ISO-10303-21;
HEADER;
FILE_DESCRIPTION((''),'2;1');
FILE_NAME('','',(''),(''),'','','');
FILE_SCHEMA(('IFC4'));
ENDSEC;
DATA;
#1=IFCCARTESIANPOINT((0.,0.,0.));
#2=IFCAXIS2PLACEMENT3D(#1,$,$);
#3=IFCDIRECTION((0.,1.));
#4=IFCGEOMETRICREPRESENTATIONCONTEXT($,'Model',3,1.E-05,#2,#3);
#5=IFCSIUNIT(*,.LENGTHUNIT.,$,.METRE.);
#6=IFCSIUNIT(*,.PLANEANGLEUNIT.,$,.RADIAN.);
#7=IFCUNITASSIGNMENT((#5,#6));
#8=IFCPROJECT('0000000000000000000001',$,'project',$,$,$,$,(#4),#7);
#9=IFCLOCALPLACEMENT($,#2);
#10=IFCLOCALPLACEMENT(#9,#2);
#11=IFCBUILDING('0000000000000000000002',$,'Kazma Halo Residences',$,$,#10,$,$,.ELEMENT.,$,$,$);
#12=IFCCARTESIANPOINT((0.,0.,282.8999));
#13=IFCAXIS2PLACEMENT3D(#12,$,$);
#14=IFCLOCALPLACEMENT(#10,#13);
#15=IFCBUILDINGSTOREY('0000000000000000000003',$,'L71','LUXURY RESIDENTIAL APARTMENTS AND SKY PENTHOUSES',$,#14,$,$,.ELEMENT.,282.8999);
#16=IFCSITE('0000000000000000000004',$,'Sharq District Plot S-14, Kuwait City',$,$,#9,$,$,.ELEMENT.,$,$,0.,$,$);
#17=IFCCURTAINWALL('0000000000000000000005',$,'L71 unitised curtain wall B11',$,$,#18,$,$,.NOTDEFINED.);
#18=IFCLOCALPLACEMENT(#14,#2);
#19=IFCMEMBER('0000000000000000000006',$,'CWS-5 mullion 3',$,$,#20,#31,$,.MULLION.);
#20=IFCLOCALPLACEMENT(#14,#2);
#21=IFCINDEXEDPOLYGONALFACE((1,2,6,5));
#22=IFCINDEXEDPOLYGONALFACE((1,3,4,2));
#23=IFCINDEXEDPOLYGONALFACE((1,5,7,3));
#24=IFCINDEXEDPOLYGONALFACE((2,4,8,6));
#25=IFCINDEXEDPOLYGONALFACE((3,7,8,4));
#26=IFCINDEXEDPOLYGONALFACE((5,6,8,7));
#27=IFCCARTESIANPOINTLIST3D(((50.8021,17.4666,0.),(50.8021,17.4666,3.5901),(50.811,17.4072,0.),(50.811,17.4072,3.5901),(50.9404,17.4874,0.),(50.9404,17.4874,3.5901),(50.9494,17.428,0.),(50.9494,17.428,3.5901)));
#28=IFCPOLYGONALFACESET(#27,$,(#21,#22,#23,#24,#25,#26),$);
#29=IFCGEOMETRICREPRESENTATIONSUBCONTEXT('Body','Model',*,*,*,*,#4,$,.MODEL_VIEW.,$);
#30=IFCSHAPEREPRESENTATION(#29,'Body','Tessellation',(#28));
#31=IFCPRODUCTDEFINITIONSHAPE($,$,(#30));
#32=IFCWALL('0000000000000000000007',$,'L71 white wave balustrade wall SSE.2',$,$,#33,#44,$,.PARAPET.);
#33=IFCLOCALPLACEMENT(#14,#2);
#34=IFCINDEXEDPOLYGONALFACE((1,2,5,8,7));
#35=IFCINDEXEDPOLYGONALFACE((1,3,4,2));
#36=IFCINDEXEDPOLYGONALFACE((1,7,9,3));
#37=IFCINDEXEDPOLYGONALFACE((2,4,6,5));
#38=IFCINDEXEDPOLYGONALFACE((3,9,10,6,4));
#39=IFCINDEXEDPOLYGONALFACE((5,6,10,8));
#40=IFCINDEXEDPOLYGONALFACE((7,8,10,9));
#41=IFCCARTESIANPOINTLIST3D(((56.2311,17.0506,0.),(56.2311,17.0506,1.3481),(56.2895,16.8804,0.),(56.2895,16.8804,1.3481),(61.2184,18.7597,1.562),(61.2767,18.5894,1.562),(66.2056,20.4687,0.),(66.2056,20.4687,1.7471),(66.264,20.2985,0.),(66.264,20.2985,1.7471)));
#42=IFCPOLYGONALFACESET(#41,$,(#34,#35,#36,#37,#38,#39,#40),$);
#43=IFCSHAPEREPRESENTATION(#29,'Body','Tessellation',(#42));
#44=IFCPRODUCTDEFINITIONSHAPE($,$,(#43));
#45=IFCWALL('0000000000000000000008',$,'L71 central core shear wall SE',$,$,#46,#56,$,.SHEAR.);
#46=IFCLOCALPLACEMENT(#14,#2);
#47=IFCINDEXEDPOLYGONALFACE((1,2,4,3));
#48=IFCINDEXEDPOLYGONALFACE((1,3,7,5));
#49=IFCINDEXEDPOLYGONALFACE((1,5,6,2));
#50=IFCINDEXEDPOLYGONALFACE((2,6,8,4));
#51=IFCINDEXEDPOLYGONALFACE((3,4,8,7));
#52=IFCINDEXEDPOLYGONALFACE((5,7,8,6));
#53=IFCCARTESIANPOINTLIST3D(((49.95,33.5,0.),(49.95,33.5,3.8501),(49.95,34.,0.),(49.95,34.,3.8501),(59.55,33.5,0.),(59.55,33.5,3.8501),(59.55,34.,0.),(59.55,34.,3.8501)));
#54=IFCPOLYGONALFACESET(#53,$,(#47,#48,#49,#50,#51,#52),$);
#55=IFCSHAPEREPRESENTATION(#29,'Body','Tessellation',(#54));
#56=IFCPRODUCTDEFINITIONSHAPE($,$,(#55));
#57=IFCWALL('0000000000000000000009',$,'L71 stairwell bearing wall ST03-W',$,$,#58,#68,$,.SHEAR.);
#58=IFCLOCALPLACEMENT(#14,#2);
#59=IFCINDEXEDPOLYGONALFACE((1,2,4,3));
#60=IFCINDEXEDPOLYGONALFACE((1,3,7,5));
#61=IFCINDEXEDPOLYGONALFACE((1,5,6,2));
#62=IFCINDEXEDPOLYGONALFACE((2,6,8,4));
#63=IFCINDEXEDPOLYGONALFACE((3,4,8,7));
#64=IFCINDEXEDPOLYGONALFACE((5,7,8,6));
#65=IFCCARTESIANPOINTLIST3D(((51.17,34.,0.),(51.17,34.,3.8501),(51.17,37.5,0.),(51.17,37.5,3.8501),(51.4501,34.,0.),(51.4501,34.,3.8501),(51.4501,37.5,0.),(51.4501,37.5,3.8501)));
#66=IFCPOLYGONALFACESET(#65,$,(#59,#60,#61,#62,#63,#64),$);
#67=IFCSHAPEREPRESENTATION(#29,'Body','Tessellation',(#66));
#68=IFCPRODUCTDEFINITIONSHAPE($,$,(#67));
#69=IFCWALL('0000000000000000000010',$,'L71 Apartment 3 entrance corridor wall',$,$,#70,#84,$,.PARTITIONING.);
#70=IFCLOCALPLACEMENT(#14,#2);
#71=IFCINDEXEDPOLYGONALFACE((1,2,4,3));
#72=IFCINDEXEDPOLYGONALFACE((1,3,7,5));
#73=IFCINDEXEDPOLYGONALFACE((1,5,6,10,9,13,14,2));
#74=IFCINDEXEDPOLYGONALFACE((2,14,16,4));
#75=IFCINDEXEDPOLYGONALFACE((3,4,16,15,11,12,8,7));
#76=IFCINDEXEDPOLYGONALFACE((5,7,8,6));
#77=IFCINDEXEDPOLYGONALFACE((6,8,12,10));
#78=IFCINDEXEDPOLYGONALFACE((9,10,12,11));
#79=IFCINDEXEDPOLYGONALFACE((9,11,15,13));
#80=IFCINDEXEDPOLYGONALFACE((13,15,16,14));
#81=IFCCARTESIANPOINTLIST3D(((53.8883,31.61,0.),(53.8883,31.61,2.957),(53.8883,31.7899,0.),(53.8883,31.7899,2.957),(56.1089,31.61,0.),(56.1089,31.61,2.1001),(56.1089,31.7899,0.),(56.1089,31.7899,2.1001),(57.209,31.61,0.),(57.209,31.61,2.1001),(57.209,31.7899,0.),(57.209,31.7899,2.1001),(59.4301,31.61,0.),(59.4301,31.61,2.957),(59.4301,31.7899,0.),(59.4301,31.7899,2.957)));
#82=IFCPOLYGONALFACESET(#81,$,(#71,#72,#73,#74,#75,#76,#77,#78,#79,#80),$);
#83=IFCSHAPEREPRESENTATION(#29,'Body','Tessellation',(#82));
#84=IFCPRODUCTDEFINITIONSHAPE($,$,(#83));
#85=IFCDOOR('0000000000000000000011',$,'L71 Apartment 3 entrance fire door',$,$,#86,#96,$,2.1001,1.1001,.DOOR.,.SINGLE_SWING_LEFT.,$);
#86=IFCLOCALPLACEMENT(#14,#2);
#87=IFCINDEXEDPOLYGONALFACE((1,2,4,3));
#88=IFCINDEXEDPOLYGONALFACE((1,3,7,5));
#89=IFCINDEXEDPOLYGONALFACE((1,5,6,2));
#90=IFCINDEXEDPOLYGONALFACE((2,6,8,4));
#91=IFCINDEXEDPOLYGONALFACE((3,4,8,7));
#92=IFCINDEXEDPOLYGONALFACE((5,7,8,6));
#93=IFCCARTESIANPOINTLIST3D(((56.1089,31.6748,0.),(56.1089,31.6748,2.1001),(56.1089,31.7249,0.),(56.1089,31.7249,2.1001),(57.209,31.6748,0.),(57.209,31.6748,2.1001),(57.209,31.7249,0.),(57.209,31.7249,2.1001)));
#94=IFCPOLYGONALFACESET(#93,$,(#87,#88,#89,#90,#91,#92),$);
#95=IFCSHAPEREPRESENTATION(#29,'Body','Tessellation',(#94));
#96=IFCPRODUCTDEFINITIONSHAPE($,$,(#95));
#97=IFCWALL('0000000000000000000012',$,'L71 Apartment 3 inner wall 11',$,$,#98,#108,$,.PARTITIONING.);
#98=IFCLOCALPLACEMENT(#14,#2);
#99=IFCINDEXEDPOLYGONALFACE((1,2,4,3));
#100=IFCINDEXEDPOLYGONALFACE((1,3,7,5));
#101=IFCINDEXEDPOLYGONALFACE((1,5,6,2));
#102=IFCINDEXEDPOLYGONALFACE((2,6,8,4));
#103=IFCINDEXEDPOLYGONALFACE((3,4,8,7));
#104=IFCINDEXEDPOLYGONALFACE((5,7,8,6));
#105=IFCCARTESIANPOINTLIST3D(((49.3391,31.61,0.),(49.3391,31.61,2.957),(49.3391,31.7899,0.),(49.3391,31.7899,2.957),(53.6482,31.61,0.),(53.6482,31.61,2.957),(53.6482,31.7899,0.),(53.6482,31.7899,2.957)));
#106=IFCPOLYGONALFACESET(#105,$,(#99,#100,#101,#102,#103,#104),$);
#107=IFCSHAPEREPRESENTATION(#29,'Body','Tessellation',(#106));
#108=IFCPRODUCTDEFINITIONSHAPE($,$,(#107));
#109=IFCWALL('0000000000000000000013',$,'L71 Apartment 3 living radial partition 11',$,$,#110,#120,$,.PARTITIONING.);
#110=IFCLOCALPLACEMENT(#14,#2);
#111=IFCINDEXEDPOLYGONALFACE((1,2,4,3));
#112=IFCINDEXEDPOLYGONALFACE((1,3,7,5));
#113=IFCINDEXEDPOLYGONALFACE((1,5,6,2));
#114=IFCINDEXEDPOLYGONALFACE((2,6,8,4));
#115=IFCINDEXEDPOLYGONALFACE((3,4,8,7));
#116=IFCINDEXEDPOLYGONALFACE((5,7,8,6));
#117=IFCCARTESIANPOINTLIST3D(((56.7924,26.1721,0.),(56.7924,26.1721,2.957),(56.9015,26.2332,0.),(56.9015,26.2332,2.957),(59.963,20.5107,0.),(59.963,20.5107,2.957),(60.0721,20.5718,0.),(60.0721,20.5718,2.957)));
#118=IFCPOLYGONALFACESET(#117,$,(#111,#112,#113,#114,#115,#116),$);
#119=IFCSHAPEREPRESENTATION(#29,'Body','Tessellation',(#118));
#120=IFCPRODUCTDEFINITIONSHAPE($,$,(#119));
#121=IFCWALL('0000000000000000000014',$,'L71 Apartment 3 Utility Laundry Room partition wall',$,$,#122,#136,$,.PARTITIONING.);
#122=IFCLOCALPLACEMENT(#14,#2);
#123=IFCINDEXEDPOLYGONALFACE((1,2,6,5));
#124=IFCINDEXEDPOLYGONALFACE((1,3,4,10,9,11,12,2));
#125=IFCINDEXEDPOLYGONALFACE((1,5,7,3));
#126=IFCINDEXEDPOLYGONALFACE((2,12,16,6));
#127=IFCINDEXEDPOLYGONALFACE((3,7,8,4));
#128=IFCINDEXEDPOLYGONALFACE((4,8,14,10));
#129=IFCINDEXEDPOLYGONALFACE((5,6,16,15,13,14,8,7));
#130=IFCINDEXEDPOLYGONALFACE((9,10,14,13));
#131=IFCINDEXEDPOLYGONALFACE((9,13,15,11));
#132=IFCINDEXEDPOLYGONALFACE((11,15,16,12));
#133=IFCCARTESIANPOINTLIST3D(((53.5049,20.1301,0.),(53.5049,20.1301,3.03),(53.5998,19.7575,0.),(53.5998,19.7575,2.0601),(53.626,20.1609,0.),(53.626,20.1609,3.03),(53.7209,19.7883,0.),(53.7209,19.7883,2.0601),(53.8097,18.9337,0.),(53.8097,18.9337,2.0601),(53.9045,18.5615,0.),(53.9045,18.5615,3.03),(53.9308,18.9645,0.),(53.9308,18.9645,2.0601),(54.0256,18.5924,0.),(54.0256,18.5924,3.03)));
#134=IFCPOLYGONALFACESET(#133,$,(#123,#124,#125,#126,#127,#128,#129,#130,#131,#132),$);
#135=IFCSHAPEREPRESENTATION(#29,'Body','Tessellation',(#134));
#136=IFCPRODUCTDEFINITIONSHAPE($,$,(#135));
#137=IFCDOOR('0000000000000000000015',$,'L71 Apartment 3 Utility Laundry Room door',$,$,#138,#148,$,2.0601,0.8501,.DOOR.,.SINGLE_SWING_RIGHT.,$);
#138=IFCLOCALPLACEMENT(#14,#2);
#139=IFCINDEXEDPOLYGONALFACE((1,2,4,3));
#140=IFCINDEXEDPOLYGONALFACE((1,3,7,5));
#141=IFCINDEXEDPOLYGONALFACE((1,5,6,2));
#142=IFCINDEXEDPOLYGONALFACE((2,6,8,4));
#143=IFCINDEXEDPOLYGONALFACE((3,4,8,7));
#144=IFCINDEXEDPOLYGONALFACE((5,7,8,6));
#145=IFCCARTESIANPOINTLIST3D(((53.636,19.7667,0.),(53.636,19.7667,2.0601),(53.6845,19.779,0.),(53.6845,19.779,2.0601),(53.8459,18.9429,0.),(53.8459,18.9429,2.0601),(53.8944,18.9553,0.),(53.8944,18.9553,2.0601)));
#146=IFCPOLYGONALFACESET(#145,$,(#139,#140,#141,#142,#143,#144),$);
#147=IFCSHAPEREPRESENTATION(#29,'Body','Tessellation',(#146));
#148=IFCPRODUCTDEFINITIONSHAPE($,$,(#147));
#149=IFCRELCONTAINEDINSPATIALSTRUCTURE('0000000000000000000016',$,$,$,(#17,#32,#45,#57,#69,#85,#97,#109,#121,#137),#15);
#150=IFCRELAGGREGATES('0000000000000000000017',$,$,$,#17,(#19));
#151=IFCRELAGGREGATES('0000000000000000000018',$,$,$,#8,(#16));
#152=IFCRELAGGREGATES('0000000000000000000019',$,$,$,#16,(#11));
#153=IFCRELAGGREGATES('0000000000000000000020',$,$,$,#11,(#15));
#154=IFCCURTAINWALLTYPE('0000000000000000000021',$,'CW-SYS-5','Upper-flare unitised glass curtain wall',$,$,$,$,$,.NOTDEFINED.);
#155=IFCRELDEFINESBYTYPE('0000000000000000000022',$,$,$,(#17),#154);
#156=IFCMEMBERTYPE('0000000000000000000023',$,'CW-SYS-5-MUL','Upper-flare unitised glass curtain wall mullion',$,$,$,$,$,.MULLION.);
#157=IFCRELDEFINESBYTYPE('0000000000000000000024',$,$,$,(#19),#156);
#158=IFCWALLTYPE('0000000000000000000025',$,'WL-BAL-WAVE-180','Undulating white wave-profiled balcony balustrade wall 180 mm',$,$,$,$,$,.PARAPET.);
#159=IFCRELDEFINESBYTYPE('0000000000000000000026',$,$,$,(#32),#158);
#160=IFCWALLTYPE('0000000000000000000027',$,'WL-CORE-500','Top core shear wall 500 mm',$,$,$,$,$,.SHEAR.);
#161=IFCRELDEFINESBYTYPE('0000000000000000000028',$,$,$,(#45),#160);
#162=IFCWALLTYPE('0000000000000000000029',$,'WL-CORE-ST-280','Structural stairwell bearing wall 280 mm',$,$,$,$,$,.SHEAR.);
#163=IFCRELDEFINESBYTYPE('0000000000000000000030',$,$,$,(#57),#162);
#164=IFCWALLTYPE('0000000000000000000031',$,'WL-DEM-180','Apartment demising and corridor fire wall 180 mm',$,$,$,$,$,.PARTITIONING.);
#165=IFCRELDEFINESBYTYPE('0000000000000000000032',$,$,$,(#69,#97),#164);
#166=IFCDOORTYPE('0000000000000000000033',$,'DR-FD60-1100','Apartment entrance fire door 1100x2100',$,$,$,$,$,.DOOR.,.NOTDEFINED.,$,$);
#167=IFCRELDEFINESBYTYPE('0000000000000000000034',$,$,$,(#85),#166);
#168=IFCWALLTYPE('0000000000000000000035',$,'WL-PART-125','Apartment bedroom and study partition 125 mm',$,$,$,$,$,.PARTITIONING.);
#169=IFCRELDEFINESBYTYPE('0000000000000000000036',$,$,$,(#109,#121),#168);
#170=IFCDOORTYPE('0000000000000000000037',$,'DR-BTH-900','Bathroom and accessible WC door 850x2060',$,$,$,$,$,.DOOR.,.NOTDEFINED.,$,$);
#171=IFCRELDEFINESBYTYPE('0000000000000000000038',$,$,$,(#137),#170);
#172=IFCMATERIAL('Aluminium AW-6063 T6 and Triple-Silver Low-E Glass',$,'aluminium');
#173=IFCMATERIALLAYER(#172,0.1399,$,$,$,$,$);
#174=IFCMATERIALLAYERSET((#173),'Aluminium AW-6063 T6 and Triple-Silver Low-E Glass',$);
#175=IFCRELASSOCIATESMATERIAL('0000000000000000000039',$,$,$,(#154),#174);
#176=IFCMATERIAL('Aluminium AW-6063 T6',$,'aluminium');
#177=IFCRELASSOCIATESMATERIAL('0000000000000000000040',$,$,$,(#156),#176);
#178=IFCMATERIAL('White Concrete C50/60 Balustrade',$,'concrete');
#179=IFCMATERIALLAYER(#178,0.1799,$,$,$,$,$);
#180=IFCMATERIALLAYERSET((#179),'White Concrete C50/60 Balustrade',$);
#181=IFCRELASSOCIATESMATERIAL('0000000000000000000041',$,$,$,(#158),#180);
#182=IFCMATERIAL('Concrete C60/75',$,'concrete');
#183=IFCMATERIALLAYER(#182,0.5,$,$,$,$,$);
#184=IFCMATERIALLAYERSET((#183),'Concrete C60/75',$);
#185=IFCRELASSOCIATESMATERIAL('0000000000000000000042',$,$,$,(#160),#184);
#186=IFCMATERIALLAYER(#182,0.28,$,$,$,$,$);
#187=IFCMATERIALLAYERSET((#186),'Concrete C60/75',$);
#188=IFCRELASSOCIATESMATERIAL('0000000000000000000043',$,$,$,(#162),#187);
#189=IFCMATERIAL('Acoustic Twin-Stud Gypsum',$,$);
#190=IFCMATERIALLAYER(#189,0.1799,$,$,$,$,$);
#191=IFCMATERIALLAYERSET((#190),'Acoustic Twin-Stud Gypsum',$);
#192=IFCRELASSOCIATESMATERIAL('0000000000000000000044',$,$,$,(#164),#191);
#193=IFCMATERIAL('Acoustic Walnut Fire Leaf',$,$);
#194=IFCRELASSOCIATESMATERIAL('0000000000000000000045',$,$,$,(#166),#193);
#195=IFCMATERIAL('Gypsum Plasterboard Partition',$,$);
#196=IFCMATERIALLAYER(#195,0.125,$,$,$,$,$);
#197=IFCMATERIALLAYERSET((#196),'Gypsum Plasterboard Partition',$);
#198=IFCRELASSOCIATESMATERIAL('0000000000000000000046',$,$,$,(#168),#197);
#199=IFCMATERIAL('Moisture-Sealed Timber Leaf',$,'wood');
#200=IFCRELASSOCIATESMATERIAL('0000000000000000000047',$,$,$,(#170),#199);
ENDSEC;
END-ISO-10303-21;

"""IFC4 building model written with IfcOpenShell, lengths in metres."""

from ifc_helpers import new_model, si_unit, direction, frame, frame_2d, origin, origin_2d, place, context, subcontext, project, spatial, polyline, rectangle, outline, extrude, material, layer, layer_set, material_profile, profile_set, type_object, element, fill, aggregate, save


model = new_model("IFC4")

# Units and contexts
model_context = context("Model", 3, precision=1e-05, world=origin(), true_north=direction((0.0, 1.0)))
body_context = subcontext(model_context, "Body", "Model", "MODEL_VIEW")
ifc_project = project(units=[si_unit("LENGTHUNIT", "METRE"), si_unit("PLANEANGLEUNIT", "RADIAN")], contexts=[model_context])

# Site, building, storey
site_placement = place(None, origin())
site = spatial("IfcSite", under=ifc_project, at=site_placement, Name="Sharq District Plot S-14, Kuwait City", CompositionType="ELEMENT", RefElevation=0.0)
building_placement = place(site_placement, origin())
building = spatial("IfcBuilding", under=site, at=building_placement, Name="Kazma Halo Residences", CompositionType="ELEMENT")
storey_placement = place(building_placement, frame((0.0, 0.0, 282.8999)))
storey = spatial("IfcBuildingStorey", under=building, at=storey_placement, Name="L71", Description="LUXURY RESIDENTIAL APARTMENTS AND SKY PENTHOUSES", CompositionType="ELEMENT", Elevation=282.8999)

# Shared definitions
ifc_material_1 = material(Name="Concrete C60/75", Category="concrete")

# Curtain wall, member
ifc_material_2 = material(Name="Aluminium AW-6063 T6 and Triple-Silver Low-E Glass", Category="aluminium")
ifc_layer_1 = layer(ifc_material_2, 0.1399)
ifc_layer_set_1 = layer_set([ifc_layer_1], Name="Aluminium AW-6063 T6 and Triple-Silver Low-E Glass")
curtain_wall_type = type_object("IfcCurtainWallType", Name="CW-SYS-5", Description="Upper-flare unitised glass curtain wall", PredefinedType="NOTDEFINED", material=ifc_layer_set_1)
curtain_wall_placement = place(storey_placement, origin())
curtain_wall = element("IfcCurtainWall", 1, at=curtain_wall_placement, inside=storey, type_object=curtain_wall_type, Name="L71 unitised curtain wall B11", PredefinedType="NOTDEFINED")
ifc_material_3 = material(Name="Aluminium AW-6063 T6", Category="aluminium")
ifc_material_profile_1 = material_profile(ifc_material_3, rectangle(XDim=0.0601, YDim=0.1399, at=origin_2d()), Name="CWM-60x140")
ifc_profile_set_1 = profile_set([ifc_material_profile_1], Name="Aluminium AW-6063 T6")
member_type = type_object("IfcMemberType", Name="CW-SYS-5-MUL", Description="Upper-flare unitised glass curtain wall mullion", PredefinedType="MULLION", material=ifc_profile_set_1)
member_placement = place(storey_placement, frame((50.8757, 17.4473, 0.0), z_axis=(0.0, 0.0, 1.0), x_axis=(-0.148697, 0.988883, 0.0)))
member = element("IfcMember", 2, at=member_placement, type_object=member_type, Name="CWS-5 mullion 3", PredefinedType="MULLION", context=body_context, shape_type="SweptSolid", body=[
    extrude(rectangle(XDim=0.0601, YDim=0.1399, at=origin_2d()), origin(), (0.0, 0.0, 1.0), 3.5901),
])
aggregate(curtain_wall, [member])

# Walls
ifc_material_4 = material(Name="White Concrete C50/60 Balustrade", Category="concrete")
ifc_layer_2 = layer(ifc_material_4, 0.1799)
ifc_layer_set_2 = layer_set([ifc_layer_2], Name="White Concrete C50/60 Balustrade")
wall_type_1 = type_object("IfcWallType", Name="WL-BAL-WAVE-180", Description="Undulating white wave-profiled balcony balustrade wall 180 mm", PredefinedType="PARAPET", material=ifc_layer_set_2)
wall_1_placement = place(storey_placement, frame((56.2603, 16.9656, 0.0), z_axis=(0.0, 0.0, 1.0), x_axis=(0.945994, 0.324184, 0.0)))
element("IfcWall", 3, at=wall_1_placement, inside=storey, type_object=wall_type_1, Name="L71 white wave balustrade wall SSE.2", PredefinedType="PARAPET", context=body_context, shape_type="SweptSolid", body=[
    extrude(outline(polyline([(0.0, 0.0), (10.5439, 0.0), (10.5439, 1.7471), (5.272, 1.562), (0.0, 1.3481), (0.0, 0.0)])), frame((0.0, 0.0898, 0.0), z_axis=(0.0, -1.0, 0.0), x_axis=(1.0, 0.0, 0.0)), (0.0, 0.0, 1.0), 0.1799),
])
ifc_layer_3 = layer(ifc_material_1, 0.5)
ifc_layer_set_3 = layer_set([ifc_layer_3], Name="Concrete C60/75")
wall_type_2 = type_object("IfcWallType", Name="WL-CORE-500", Description="Top core shear wall 500 mm", PredefinedType="SHEAR", material=ifc_layer_set_3)
wall_2_placement = place(storey_placement, frame((49.95, 33.75, 0.0), z_axis=(0.0, 0.0, 1.0), x_axis=(1.0, 0.0, 0.0)))
element("IfcWall", 4, at=wall_2_placement, inside=storey, type_object=wall_type_2, Name="L71 central core shear wall SE", PredefinedType="SHEAR", context=body_context, shape_type="SweptSolid", body=[
    extrude(rectangle(XDim=9.6001, YDim=0.5, at=frame_2d((4.8, 0.0))), origin(), (0.0, 0.0, 1.0), 3.8501),
])
ifc_layer_4 = layer(ifc_material_1, 0.28)
ifc_layer_set_4 = layer_set([ifc_layer_4], Name="Concrete C60/75")
wall_type_3 = type_object("IfcWallType", Name="WL-CORE-ST-280", Description="Structural stairwell bearing wall 280 mm", PredefinedType="SHEAR", material=ifc_layer_set_4)
wall_3_placement = place(storey_placement, frame((51.3101, 34.0, 0.0), z_axis=(0.0, 0.0, 1.0), x_axis=(0.0, 1.0, 0.0)))
element("IfcWall", 5, at=wall_3_placement, inside=storey, type_object=wall_type_3, Name="L71 stairwell bearing wall ST03-W", PredefinedType="SHEAR", context=body_context, shape_type="SweptSolid", body=[
    extrude(rectangle(XDim=3.5, YDim=0.28, at=frame_2d((1.75, 0.0))), origin(), (0.0, 0.0, 1.0), 3.8501),
])

# Wall, opening, door
ifc_material_5 = material(Name="Acoustic Twin-Stud Gypsum")
ifc_layer_5 = layer(ifc_material_5, 0.1799)
ifc_layer_set_5 = layer_set([ifc_layer_5], Name="Acoustic Twin-Stud Gypsum")
wall_type_4 = type_object("IfcWallType", Name="WL-DEM-180", Description="Apartment demising and corridor fire wall 180 mm", PredefinedType="PARTITIONING", material=ifc_layer_set_5)
wall_4_placement = place(storey_placement, frame((53.8882, 31.7, 0.0), z_axis=(0.0, 0.0, 1.0), x_axis=(1.0, 0.0, 0.0)))
wall_4 = element("IfcWall", 6, at=wall_4_placement, inside=storey, type_object=wall_type_4, Name="L71 Apartment 3 entrance corridor wall", PredefinedType="PARTITIONING", context=body_context, shape_type="SweptSolid", body=[
    extrude(rectangle(XDim=5.5417, YDim=0.1799, at=frame_2d((2.771, 0.0))), origin(), (0.0, 0.0, 1.0), 2.957),
])
opening_1_placement = place(wall_4_placement, frame((2.2207, 0.0, 0.0)))
opening_1 = element("IfcOpeningElement", 7, at=opening_1_placement, cuts=wall_4, PredefinedType="OPENING", context=body_context, shape_type="SweptSolid", body=[
    extrude(rectangle(XDim=1.1001, YDim=2.1001, at=frame_2d((0.55, 1.05))), frame((0.0, 0.0999, 0.0), z_axis=(0.0, -1.0, 0.0), x_axis=(1.0, 0.0, 0.0)), (0.0, 0.0, 1.0), 0.2),
])
ifc_material_6 = material(Name="Acoustic Walnut Fire Leaf")
door_type_1 = type_object("IfcDoorType", Name="DR-FD60-1100", Description="Apartment entrance fire door 1100x2100", OperationType="NOTDEFINED", PredefinedType="DOOR", material=ifc_material_6)
door_1_placement = place(opening_1_placement, origin())
door_1 = element("IfcDoor", 8, at=door_1_placement, inside=storey, type_object=door_type_1, Name="L71 Apartment 3 entrance fire door", OperationType="SINGLE_SWING_LEFT", OverallHeight=2.1001, OverallWidth=1.1001, PredefinedType="DOOR", context=body_context, shape_type="SweptSolid", body=[
    extrude(rectangle(XDim=1.1001, YDim=2.1001, at=frame_2d((0.55, 1.05))), frame((0.0, 0.0249, 0.0), z_axis=(0.0, -1.0, 0.0), x_axis=(1.0, 0.0, 0.0)), (0.0, 0.0, 1.0), 0.05),
])
fill(opening_1, door_1)

# Wall
wall_5_placement = place(storey_placement, frame((49.3391, 31.7, 0.0), z_axis=(0.0, 0.0, 1.0), x_axis=(1.0, 0.0, 0.0)))
element("IfcWall", 9, at=wall_5_placement, inside=storey, type_object=wall_type_4, Name="L71 Apartment 3 inner wall 11", PredefinedType="PARTITIONING", context=body_context, shape_type="SweptSolid", body=[
    extrude(rectangle(XDim=4.3091, YDim=0.1799, at=frame_2d((2.1545, 0.0))), origin(), (0.0, 0.0, 1.0), 2.957),
])

# Wall
ifc_material_7 = material(Name="Gypsum Plasterboard Partition")
ifc_layer_6 = layer(ifc_material_7, 0.125)
ifc_layer_set_6 = layer_set([ifc_layer_6], Name="Gypsum Plasterboard Partition")
wall_type_5 = type_object("IfcWallType", Name="WL-PART-125", Description="Apartment bedroom and study partition 125 mm", PredefinedType="PARTITIONING", material=ifc_layer_set_6)
wall_6_placement = place(storey_placement, frame((56.8469, 26.2026, 0.0), z_axis=(0.0, 0.0, 1.0), x_axis=(0.488637, -0.872487, 0.0)))
element("IfcWall", 10, at=wall_6_placement, inside=storey, type_object=wall_type_5, Name="L71 Apartment 3 living radial partition 11", PredefinedType="PARTITIONING", context=body_context, shape_type="SweptSolid", body=[
    extrude(rectangle(XDim=6.4888, YDim=0.125, at=frame_2d((3.2444, 0.0))), origin(), (0.0, 0.0, 1.0), 2.957),
])

# Wall, opening, door
wall_7_placement = place(storey_placement, frame((53.5654, 20.1455, 0.0), z_axis=(0.0, 0.0, 1.0), x_axis=(0.246898, -0.969041, 0.0)))
wall_7 = element("IfcWall", 11, at=wall_7_placement, inside=storey, type_object=wall_type_5, Name="L71 Apartment 3 Utility Laundry Room partition wall", PredefinedType="PARTITIONING", context=body_context, shape_type="SweptSolid", body=[
    extrude(rectangle(XDim=1.6187, YDim=0.125, at=frame_2d((0.8093, 0.0))), origin(), (0.0, 0.0, 1.0), 3.03),
])
opening_2_placement = place(wall_7_placement, frame((0.3845, 0.0, 0.0)))
opening_2 = element("IfcOpeningElement", 12, at=opening_2_placement, cuts=wall_7, PredefinedType="OPENING", context=body_context, shape_type="SweptSolid", body=[
    extrude(rectangle(XDim=0.8501, YDim=2.0601, at=frame_2d((0.425, 1.03))), frame((0.0, 0.0725, 0.0), z_axis=(0.0, -1.0, 0.0), x_axis=(1.0, 0.0, 0.0)), (0.0, 0.0, 1.0), 0.145),
])
ifc_material_8 = material(Name="Moisture-Sealed Timber Leaf", Category="wood")
door_type_2 = type_object("IfcDoorType", Name="DR-BTH-900", Description="Bathroom and accessible WC door 850x2060", OperationType="NOTDEFINED", PredefinedType="DOOR", material=ifc_material_8)
door_2_placement = place(opening_2_placement, origin())
door_2 = element("IfcDoor", 13, at=door_2_placement, inside=storey, type_object=door_type_2, Name="L71 Apartment 3 Utility Laundry Room door", OperationType="SINGLE_SWING_RIGHT", OverallHeight=2.0601, OverallWidth=0.8501, PredefinedType="DOOR", context=body_context, shape_type="SweptSolid", body=[
    extrude(rectangle(XDim=0.8501, YDim=2.0601, at=frame_2d((0.425, 1.03))), frame((0.0, 0.0249, 0.0), z_axis=(0.0, -1.0, 0.0), x_axis=(1.0, 0.0, 0.0)), (0.0, 0.0, 1.0), 0.05),
])
fill(opening_2, door_2)

save(model, "model.ifc")
